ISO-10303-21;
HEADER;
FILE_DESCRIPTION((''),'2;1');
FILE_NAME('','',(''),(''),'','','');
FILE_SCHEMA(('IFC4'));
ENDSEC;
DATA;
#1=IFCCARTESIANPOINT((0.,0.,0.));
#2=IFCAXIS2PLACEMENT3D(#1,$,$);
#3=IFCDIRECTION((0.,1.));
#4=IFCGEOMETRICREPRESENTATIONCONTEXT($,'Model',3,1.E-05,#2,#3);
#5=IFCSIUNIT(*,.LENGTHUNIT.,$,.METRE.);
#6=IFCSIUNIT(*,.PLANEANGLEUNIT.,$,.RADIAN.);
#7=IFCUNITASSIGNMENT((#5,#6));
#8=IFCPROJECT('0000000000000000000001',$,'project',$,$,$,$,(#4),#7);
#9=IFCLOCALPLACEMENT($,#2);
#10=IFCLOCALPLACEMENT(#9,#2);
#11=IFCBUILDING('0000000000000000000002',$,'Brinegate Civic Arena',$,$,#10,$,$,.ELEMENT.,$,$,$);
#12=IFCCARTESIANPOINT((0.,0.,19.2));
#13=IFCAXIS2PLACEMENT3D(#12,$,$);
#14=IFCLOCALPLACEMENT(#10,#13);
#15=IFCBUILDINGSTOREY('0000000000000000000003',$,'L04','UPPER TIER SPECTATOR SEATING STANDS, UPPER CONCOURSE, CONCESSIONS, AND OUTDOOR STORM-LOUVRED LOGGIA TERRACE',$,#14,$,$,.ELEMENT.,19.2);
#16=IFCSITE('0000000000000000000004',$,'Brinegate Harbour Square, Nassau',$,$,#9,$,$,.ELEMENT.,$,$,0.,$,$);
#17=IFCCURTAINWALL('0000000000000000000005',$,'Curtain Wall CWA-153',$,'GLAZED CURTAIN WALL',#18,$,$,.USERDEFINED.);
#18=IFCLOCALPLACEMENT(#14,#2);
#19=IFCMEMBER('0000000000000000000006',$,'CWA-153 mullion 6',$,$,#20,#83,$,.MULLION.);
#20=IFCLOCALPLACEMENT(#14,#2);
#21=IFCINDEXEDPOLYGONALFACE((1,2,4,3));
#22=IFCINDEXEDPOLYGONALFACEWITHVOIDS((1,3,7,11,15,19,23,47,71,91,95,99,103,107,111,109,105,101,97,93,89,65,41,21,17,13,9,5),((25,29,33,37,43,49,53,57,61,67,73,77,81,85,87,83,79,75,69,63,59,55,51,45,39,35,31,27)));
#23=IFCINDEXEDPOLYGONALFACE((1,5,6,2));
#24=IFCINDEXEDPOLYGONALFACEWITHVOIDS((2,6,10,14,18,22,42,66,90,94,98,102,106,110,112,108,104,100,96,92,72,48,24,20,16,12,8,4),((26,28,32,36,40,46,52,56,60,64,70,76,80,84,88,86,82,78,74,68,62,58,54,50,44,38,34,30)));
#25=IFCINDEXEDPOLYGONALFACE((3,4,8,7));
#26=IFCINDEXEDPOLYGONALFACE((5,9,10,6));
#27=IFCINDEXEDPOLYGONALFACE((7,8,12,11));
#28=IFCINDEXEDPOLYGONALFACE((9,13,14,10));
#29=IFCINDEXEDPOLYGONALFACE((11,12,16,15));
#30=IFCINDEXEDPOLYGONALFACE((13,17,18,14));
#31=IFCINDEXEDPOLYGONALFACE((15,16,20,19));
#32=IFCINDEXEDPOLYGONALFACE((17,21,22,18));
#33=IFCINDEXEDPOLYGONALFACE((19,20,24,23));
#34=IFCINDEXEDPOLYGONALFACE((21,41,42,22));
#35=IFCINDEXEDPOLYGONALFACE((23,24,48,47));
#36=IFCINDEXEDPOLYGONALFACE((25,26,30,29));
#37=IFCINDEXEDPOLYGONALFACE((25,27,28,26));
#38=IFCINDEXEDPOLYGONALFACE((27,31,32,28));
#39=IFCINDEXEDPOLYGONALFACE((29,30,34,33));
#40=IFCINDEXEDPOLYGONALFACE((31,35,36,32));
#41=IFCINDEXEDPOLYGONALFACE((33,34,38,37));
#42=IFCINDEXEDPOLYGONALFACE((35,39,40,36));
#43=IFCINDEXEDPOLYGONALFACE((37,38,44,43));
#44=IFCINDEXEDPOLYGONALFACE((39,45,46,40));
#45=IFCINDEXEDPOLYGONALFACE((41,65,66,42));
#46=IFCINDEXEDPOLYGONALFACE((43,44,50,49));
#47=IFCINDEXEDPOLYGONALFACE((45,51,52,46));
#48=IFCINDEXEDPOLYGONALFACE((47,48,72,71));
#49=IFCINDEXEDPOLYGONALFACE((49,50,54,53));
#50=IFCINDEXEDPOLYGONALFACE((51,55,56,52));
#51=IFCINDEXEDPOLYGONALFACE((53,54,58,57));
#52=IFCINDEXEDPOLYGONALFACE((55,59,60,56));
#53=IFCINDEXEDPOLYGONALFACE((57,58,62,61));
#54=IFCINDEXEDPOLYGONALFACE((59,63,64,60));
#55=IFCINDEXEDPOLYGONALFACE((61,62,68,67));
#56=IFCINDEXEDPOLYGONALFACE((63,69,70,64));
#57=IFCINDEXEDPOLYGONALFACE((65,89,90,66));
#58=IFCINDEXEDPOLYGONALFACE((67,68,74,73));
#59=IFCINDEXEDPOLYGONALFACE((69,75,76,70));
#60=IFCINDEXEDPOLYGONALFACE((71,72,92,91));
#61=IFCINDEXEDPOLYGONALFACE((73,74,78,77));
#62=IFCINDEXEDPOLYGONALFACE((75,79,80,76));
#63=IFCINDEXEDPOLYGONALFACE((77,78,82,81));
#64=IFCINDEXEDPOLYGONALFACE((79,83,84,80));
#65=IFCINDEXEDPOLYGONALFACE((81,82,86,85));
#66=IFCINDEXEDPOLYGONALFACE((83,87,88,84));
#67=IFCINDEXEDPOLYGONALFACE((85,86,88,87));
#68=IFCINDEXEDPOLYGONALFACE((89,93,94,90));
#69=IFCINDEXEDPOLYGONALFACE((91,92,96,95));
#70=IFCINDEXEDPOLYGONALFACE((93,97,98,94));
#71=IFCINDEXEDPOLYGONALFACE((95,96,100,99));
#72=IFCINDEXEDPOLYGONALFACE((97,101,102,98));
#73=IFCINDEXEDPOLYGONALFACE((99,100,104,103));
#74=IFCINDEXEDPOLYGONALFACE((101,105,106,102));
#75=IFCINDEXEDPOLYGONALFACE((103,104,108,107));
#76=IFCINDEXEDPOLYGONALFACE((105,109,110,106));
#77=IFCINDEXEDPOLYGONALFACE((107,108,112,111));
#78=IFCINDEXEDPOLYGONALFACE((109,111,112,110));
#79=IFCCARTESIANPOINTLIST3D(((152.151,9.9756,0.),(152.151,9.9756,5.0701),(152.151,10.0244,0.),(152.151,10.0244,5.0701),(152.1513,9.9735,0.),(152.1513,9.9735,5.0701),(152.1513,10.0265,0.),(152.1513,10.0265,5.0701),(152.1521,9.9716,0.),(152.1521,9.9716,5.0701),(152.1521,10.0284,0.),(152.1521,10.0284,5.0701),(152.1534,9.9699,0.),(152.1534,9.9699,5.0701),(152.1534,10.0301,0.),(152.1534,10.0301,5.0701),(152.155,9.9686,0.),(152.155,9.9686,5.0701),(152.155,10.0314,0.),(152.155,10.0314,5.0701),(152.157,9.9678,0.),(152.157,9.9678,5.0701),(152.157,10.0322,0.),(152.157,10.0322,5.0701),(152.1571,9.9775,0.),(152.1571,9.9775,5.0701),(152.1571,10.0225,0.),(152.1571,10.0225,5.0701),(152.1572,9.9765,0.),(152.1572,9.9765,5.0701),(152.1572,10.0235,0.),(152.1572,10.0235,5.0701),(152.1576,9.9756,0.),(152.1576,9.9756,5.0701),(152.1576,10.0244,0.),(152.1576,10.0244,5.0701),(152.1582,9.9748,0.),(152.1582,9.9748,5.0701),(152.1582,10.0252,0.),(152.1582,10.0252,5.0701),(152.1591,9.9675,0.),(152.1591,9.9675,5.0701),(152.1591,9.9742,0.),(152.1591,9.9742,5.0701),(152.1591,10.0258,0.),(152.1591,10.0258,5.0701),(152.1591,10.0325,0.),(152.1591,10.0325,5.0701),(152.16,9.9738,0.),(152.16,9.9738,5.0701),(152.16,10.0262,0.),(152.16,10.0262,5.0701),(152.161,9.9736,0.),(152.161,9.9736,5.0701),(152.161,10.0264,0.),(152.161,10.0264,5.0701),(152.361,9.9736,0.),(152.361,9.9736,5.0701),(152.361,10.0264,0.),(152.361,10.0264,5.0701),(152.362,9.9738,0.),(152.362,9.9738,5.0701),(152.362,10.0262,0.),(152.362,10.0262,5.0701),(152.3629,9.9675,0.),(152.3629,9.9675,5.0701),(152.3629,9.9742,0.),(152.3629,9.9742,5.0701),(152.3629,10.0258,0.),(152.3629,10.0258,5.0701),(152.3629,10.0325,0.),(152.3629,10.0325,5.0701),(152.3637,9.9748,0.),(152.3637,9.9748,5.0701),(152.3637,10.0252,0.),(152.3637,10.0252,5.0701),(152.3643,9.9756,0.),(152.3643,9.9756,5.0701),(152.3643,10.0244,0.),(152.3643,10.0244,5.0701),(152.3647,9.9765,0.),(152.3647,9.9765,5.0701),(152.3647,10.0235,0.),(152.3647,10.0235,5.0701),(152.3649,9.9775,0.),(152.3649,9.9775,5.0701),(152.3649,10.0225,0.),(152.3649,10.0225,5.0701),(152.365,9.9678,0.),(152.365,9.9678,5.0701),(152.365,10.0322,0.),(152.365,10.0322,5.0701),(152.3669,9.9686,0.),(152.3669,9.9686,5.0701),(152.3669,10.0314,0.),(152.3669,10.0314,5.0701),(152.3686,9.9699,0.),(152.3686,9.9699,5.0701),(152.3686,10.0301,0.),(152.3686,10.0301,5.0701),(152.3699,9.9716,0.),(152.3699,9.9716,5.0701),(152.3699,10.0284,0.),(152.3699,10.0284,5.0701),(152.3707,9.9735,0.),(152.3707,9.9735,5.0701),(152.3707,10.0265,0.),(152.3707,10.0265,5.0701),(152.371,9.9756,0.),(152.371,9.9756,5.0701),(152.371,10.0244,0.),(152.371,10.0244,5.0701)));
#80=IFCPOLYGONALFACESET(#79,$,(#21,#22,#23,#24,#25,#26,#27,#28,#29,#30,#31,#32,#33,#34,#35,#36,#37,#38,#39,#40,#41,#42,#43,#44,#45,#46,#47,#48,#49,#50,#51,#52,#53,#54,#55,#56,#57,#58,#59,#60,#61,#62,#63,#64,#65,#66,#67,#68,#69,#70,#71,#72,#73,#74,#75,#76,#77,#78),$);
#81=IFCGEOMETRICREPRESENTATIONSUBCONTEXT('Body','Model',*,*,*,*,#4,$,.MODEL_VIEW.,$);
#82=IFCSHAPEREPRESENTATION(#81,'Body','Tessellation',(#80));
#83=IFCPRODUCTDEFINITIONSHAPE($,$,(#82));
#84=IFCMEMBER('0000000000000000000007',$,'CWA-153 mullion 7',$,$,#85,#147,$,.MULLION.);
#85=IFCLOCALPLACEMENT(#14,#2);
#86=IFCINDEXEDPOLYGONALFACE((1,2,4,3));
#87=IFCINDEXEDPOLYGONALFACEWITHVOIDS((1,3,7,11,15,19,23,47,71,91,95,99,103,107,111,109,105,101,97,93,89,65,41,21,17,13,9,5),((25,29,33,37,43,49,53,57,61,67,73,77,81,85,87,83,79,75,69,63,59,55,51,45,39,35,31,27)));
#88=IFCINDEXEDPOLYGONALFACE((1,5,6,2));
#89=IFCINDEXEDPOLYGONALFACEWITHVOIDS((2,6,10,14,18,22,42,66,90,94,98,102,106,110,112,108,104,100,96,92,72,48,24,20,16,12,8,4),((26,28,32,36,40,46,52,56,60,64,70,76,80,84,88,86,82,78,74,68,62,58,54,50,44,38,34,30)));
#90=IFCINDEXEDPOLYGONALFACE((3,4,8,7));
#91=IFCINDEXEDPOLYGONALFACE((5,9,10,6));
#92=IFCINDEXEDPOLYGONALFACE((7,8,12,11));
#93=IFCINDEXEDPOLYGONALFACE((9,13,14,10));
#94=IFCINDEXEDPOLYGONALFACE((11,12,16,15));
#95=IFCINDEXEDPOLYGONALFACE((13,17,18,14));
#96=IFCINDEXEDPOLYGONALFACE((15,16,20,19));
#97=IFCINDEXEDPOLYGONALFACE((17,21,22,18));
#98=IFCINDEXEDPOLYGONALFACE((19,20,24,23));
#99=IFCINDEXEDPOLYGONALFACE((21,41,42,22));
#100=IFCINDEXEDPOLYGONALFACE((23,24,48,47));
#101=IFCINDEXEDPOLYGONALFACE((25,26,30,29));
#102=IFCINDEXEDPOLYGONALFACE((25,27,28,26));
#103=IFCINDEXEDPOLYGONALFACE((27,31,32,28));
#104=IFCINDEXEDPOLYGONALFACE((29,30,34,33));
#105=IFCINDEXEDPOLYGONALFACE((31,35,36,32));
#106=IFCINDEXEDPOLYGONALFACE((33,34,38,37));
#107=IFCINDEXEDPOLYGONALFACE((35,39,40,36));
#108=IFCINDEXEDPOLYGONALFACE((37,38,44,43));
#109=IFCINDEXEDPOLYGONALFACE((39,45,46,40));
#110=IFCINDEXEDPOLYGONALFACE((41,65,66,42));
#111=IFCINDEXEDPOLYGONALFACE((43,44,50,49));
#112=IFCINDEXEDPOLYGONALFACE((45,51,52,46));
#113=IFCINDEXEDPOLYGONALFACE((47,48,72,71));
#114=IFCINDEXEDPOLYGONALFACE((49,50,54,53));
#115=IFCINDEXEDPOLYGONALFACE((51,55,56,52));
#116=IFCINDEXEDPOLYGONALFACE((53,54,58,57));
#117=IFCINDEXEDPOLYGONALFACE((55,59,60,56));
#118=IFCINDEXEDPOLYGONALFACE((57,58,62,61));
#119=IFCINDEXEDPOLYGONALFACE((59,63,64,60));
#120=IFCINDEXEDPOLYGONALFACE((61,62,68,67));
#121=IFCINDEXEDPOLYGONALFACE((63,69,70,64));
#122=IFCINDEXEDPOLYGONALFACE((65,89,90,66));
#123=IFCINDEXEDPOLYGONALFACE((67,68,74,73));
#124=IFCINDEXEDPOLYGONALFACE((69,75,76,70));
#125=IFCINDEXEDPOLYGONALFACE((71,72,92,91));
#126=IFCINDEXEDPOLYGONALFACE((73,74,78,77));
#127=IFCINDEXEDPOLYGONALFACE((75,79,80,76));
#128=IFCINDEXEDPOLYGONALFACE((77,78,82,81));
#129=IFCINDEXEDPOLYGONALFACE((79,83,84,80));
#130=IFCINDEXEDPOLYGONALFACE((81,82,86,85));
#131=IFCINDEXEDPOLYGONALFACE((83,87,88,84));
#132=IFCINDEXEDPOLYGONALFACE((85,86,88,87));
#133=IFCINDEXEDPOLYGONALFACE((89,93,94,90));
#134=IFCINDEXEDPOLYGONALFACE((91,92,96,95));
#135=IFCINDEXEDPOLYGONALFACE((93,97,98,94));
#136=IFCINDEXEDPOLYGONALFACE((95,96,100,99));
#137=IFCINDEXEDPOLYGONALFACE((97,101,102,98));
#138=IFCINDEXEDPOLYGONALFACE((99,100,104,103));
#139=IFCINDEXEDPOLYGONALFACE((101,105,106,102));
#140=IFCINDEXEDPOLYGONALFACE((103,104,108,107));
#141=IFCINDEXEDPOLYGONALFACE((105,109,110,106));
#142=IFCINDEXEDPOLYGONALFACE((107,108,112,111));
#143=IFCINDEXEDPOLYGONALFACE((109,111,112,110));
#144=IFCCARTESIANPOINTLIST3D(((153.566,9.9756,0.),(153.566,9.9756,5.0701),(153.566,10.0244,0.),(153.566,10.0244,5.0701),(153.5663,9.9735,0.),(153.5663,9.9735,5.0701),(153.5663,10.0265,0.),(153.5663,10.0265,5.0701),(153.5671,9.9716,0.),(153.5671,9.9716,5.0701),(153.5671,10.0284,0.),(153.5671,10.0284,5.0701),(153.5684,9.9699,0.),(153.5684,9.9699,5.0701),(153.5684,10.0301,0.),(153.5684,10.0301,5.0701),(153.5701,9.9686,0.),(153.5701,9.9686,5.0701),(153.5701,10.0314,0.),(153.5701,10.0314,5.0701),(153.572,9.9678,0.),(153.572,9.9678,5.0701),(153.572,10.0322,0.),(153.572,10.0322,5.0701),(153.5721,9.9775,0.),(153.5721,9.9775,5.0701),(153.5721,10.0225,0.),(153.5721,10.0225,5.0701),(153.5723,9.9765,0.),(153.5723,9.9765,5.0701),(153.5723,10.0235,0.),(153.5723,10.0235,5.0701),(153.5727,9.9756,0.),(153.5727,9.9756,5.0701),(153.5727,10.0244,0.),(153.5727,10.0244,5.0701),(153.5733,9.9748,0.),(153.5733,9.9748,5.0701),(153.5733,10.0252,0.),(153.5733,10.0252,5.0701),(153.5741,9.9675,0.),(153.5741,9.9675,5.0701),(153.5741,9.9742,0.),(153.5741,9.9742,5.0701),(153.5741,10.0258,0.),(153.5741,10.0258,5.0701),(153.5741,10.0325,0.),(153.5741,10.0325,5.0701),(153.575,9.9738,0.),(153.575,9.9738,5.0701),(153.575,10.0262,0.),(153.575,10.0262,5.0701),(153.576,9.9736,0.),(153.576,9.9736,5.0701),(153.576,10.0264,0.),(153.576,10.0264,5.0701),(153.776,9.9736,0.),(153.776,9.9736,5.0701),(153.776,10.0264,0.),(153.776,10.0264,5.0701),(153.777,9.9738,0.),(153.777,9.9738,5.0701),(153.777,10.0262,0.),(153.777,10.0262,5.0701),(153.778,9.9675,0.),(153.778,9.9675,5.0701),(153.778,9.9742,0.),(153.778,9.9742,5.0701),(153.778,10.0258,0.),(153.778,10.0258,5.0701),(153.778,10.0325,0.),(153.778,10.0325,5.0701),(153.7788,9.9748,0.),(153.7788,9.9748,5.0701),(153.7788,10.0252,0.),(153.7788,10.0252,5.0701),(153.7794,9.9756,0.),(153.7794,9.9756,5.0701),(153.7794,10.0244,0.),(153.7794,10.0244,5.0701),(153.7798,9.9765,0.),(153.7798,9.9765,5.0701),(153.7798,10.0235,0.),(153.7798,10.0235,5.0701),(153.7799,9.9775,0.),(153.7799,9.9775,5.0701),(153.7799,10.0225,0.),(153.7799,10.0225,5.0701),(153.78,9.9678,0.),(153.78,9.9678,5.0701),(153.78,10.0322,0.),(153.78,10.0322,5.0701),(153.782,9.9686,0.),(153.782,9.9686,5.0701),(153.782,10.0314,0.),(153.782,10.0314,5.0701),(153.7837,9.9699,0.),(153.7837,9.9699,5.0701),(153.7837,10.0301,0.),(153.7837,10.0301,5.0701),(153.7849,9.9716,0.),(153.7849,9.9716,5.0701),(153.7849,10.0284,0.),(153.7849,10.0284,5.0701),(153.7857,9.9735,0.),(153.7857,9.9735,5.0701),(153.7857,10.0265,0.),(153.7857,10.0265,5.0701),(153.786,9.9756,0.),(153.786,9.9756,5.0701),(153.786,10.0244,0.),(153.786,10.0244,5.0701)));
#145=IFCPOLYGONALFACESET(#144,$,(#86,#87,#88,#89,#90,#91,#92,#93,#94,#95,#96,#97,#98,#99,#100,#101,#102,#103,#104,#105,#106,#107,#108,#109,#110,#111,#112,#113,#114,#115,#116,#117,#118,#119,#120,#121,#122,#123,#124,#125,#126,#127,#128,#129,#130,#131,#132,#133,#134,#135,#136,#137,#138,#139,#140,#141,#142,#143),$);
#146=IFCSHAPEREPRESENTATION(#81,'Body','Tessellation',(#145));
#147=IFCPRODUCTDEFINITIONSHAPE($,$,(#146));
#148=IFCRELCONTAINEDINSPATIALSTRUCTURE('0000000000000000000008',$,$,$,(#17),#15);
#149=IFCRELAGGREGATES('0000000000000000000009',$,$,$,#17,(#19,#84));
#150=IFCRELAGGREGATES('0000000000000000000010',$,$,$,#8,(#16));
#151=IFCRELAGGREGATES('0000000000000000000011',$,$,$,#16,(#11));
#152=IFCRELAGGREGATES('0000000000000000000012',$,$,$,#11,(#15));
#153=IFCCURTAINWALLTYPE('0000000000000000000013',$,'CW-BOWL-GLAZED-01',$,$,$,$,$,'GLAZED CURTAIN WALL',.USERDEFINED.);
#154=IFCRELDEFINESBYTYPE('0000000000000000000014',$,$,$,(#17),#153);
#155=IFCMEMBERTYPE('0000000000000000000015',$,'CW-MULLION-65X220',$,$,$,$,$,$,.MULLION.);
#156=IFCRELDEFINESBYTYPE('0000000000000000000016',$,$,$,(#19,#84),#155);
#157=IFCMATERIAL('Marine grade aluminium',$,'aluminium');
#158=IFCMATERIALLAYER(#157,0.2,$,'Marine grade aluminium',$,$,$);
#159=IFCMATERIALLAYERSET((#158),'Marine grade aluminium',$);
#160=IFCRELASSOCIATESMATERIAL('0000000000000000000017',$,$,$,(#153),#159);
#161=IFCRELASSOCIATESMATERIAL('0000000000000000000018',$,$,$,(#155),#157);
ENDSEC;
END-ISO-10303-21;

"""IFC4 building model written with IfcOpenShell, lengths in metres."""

from ifc_helpers import new_model, si_unit, direction, frame, origin, origin_2d, place, context, subcontext, project, spatial, hollow_rectangle, extrude, material, layer, layer_set, material_profile, profile_set, type_object, element, aggregate, save


model = new_model("IFC4")

# Units and contexts
model_context = context("Model", 3, precision=1e-05, world=origin(), true_north=direction((0.0, 1.0)))
body_context = subcontext(model_context, "Body", "Model", "MODEL_VIEW")
ifc_project = project(units=[si_unit("LENGTHUNIT", "METRE"), si_unit("PLANEANGLEUNIT", "RADIAN")], contexts=[model_context])

# Site, building, storey
site_placement = place(None, origin())
site = spatial("IfcSite", under=ifc_project, at=site_placement, Name="Brinegate Harbour Square, Nassau", CompositionType="ELEMENT", RefElevation=0.0)
building_placement = place(site_placement, origin())
building = spatial("IfcBuilding", under=site, at=building_placement, Name="Brinegate Civic Arena", CompositionType="ELEMENT")
storey_placement = place(building_placement, frame((0.0, 0.0, 19.2)))
storey = spatial("IfcBuildingStorey", under=building, at=storey_placement, Name="L04", Description="UPPER TIER SPECTATOR SEATING STANDS, UPPER CONCOURSE, CONCESSIONS, AND OUTDOOR STORM-LOUVRED LOGGIA TERRACE", CompositionType="ELEMENT", Elevation=19.2)

# Curtain wall, members
ifc_material_1 = material(Name="Marine grade aluminium", Category="aluminium")
ifc_layer_1 = layer(ifc_material_1, 0.2, Name="Marine grade aluminium")
ifc_layer_set_1 = layer_set([ifc_layer_1], Name="Marine grade aluminium")
curtain_wall_type = type_object("IfcCurtainWallType", Name="CW-BOWL-GLAZED-01", ElementType="GLAZED CURTAIN WALL", PredefinedType="USERDEFINED", material=ifc_layer_set_1)
curtain_wall_placement = place(storey_placement, origin())
curtain_wall = element("IfcCurtainWall", 1, at=curtain_wall_placement, inside=storey, type_object=curtain_wall_type, Name="Curtain Wall CWA-153", ObjectType="GLAZED CURTAIN WALL", PredefinedType="USERDEFINED")
ifc_material_profile_1 = material_profile(ifc_material_1, hollow_rectangle(XDim=0.0649, YDim=0.22, WallThickness=0.0061, InnerFilletRadius=0.0039, OuterFilletRadius=0.0081, at=origin_2d()), Name="MUL65X220")
ifc_profile_set_1 = profile_set([ifc_material_profile_1], Name="Marine grade aluminium")
member_type_1 = type_object("IfcMemberType", Name="CW-MULLION-65X220", PredefinedType="MULLION", material=ifc_profile_set_1)
member_1_placement = place(storey_placement, frame((152.261, 10.0, 0.0), z_axis=(0.0, 0.0, 1.0), x_axis=(0.0, 1.0, 0.0)))
member_1 = element("IfcMember", 2, at=member_1_placement, type_object=member_type_1, Name="CWA-153 mullion 6", PredefinedType="MULLION", context=body_context, shape_type="SweptSolid", body=[
    extrude(hollow_rectangle(XDim=0.0649, YDim=0.22, WallThickness=0.0061, InnerFilletRadius=0.0039, OuterFilletRadius=0.0081, at=origin_2d()), origin(), (0.0, 0.0, 1.0), 5.0701),
])
member_2_placement = place(storey_placement, frame((153.676, 10.0, 0.0), z_axis=(0.0, 0.0, 1.0), x_axis=(0.0, 1.0, 0.0)))
member_2 = element("IfcMember", 3, at=member_2_placement, type_object=member_type_1, Name="CWA-153 mullion 7", PredefinedType="MULLION", context=body_context, shape_type="SweptSolid", body=[
    extrude(hollow_rectangle(XDim=0.0649, YDim=0.22, WallThickness=0.0061, InnerFilletRadius=0.0039, OuterFilletRadius=0.0081, at=origin_2d()), origin(), (0.0, 0.0, 1.0), 5.0701),
])
aggregate(curtain_wall, [member_1, member_2])

save(model, "model.ifc")
